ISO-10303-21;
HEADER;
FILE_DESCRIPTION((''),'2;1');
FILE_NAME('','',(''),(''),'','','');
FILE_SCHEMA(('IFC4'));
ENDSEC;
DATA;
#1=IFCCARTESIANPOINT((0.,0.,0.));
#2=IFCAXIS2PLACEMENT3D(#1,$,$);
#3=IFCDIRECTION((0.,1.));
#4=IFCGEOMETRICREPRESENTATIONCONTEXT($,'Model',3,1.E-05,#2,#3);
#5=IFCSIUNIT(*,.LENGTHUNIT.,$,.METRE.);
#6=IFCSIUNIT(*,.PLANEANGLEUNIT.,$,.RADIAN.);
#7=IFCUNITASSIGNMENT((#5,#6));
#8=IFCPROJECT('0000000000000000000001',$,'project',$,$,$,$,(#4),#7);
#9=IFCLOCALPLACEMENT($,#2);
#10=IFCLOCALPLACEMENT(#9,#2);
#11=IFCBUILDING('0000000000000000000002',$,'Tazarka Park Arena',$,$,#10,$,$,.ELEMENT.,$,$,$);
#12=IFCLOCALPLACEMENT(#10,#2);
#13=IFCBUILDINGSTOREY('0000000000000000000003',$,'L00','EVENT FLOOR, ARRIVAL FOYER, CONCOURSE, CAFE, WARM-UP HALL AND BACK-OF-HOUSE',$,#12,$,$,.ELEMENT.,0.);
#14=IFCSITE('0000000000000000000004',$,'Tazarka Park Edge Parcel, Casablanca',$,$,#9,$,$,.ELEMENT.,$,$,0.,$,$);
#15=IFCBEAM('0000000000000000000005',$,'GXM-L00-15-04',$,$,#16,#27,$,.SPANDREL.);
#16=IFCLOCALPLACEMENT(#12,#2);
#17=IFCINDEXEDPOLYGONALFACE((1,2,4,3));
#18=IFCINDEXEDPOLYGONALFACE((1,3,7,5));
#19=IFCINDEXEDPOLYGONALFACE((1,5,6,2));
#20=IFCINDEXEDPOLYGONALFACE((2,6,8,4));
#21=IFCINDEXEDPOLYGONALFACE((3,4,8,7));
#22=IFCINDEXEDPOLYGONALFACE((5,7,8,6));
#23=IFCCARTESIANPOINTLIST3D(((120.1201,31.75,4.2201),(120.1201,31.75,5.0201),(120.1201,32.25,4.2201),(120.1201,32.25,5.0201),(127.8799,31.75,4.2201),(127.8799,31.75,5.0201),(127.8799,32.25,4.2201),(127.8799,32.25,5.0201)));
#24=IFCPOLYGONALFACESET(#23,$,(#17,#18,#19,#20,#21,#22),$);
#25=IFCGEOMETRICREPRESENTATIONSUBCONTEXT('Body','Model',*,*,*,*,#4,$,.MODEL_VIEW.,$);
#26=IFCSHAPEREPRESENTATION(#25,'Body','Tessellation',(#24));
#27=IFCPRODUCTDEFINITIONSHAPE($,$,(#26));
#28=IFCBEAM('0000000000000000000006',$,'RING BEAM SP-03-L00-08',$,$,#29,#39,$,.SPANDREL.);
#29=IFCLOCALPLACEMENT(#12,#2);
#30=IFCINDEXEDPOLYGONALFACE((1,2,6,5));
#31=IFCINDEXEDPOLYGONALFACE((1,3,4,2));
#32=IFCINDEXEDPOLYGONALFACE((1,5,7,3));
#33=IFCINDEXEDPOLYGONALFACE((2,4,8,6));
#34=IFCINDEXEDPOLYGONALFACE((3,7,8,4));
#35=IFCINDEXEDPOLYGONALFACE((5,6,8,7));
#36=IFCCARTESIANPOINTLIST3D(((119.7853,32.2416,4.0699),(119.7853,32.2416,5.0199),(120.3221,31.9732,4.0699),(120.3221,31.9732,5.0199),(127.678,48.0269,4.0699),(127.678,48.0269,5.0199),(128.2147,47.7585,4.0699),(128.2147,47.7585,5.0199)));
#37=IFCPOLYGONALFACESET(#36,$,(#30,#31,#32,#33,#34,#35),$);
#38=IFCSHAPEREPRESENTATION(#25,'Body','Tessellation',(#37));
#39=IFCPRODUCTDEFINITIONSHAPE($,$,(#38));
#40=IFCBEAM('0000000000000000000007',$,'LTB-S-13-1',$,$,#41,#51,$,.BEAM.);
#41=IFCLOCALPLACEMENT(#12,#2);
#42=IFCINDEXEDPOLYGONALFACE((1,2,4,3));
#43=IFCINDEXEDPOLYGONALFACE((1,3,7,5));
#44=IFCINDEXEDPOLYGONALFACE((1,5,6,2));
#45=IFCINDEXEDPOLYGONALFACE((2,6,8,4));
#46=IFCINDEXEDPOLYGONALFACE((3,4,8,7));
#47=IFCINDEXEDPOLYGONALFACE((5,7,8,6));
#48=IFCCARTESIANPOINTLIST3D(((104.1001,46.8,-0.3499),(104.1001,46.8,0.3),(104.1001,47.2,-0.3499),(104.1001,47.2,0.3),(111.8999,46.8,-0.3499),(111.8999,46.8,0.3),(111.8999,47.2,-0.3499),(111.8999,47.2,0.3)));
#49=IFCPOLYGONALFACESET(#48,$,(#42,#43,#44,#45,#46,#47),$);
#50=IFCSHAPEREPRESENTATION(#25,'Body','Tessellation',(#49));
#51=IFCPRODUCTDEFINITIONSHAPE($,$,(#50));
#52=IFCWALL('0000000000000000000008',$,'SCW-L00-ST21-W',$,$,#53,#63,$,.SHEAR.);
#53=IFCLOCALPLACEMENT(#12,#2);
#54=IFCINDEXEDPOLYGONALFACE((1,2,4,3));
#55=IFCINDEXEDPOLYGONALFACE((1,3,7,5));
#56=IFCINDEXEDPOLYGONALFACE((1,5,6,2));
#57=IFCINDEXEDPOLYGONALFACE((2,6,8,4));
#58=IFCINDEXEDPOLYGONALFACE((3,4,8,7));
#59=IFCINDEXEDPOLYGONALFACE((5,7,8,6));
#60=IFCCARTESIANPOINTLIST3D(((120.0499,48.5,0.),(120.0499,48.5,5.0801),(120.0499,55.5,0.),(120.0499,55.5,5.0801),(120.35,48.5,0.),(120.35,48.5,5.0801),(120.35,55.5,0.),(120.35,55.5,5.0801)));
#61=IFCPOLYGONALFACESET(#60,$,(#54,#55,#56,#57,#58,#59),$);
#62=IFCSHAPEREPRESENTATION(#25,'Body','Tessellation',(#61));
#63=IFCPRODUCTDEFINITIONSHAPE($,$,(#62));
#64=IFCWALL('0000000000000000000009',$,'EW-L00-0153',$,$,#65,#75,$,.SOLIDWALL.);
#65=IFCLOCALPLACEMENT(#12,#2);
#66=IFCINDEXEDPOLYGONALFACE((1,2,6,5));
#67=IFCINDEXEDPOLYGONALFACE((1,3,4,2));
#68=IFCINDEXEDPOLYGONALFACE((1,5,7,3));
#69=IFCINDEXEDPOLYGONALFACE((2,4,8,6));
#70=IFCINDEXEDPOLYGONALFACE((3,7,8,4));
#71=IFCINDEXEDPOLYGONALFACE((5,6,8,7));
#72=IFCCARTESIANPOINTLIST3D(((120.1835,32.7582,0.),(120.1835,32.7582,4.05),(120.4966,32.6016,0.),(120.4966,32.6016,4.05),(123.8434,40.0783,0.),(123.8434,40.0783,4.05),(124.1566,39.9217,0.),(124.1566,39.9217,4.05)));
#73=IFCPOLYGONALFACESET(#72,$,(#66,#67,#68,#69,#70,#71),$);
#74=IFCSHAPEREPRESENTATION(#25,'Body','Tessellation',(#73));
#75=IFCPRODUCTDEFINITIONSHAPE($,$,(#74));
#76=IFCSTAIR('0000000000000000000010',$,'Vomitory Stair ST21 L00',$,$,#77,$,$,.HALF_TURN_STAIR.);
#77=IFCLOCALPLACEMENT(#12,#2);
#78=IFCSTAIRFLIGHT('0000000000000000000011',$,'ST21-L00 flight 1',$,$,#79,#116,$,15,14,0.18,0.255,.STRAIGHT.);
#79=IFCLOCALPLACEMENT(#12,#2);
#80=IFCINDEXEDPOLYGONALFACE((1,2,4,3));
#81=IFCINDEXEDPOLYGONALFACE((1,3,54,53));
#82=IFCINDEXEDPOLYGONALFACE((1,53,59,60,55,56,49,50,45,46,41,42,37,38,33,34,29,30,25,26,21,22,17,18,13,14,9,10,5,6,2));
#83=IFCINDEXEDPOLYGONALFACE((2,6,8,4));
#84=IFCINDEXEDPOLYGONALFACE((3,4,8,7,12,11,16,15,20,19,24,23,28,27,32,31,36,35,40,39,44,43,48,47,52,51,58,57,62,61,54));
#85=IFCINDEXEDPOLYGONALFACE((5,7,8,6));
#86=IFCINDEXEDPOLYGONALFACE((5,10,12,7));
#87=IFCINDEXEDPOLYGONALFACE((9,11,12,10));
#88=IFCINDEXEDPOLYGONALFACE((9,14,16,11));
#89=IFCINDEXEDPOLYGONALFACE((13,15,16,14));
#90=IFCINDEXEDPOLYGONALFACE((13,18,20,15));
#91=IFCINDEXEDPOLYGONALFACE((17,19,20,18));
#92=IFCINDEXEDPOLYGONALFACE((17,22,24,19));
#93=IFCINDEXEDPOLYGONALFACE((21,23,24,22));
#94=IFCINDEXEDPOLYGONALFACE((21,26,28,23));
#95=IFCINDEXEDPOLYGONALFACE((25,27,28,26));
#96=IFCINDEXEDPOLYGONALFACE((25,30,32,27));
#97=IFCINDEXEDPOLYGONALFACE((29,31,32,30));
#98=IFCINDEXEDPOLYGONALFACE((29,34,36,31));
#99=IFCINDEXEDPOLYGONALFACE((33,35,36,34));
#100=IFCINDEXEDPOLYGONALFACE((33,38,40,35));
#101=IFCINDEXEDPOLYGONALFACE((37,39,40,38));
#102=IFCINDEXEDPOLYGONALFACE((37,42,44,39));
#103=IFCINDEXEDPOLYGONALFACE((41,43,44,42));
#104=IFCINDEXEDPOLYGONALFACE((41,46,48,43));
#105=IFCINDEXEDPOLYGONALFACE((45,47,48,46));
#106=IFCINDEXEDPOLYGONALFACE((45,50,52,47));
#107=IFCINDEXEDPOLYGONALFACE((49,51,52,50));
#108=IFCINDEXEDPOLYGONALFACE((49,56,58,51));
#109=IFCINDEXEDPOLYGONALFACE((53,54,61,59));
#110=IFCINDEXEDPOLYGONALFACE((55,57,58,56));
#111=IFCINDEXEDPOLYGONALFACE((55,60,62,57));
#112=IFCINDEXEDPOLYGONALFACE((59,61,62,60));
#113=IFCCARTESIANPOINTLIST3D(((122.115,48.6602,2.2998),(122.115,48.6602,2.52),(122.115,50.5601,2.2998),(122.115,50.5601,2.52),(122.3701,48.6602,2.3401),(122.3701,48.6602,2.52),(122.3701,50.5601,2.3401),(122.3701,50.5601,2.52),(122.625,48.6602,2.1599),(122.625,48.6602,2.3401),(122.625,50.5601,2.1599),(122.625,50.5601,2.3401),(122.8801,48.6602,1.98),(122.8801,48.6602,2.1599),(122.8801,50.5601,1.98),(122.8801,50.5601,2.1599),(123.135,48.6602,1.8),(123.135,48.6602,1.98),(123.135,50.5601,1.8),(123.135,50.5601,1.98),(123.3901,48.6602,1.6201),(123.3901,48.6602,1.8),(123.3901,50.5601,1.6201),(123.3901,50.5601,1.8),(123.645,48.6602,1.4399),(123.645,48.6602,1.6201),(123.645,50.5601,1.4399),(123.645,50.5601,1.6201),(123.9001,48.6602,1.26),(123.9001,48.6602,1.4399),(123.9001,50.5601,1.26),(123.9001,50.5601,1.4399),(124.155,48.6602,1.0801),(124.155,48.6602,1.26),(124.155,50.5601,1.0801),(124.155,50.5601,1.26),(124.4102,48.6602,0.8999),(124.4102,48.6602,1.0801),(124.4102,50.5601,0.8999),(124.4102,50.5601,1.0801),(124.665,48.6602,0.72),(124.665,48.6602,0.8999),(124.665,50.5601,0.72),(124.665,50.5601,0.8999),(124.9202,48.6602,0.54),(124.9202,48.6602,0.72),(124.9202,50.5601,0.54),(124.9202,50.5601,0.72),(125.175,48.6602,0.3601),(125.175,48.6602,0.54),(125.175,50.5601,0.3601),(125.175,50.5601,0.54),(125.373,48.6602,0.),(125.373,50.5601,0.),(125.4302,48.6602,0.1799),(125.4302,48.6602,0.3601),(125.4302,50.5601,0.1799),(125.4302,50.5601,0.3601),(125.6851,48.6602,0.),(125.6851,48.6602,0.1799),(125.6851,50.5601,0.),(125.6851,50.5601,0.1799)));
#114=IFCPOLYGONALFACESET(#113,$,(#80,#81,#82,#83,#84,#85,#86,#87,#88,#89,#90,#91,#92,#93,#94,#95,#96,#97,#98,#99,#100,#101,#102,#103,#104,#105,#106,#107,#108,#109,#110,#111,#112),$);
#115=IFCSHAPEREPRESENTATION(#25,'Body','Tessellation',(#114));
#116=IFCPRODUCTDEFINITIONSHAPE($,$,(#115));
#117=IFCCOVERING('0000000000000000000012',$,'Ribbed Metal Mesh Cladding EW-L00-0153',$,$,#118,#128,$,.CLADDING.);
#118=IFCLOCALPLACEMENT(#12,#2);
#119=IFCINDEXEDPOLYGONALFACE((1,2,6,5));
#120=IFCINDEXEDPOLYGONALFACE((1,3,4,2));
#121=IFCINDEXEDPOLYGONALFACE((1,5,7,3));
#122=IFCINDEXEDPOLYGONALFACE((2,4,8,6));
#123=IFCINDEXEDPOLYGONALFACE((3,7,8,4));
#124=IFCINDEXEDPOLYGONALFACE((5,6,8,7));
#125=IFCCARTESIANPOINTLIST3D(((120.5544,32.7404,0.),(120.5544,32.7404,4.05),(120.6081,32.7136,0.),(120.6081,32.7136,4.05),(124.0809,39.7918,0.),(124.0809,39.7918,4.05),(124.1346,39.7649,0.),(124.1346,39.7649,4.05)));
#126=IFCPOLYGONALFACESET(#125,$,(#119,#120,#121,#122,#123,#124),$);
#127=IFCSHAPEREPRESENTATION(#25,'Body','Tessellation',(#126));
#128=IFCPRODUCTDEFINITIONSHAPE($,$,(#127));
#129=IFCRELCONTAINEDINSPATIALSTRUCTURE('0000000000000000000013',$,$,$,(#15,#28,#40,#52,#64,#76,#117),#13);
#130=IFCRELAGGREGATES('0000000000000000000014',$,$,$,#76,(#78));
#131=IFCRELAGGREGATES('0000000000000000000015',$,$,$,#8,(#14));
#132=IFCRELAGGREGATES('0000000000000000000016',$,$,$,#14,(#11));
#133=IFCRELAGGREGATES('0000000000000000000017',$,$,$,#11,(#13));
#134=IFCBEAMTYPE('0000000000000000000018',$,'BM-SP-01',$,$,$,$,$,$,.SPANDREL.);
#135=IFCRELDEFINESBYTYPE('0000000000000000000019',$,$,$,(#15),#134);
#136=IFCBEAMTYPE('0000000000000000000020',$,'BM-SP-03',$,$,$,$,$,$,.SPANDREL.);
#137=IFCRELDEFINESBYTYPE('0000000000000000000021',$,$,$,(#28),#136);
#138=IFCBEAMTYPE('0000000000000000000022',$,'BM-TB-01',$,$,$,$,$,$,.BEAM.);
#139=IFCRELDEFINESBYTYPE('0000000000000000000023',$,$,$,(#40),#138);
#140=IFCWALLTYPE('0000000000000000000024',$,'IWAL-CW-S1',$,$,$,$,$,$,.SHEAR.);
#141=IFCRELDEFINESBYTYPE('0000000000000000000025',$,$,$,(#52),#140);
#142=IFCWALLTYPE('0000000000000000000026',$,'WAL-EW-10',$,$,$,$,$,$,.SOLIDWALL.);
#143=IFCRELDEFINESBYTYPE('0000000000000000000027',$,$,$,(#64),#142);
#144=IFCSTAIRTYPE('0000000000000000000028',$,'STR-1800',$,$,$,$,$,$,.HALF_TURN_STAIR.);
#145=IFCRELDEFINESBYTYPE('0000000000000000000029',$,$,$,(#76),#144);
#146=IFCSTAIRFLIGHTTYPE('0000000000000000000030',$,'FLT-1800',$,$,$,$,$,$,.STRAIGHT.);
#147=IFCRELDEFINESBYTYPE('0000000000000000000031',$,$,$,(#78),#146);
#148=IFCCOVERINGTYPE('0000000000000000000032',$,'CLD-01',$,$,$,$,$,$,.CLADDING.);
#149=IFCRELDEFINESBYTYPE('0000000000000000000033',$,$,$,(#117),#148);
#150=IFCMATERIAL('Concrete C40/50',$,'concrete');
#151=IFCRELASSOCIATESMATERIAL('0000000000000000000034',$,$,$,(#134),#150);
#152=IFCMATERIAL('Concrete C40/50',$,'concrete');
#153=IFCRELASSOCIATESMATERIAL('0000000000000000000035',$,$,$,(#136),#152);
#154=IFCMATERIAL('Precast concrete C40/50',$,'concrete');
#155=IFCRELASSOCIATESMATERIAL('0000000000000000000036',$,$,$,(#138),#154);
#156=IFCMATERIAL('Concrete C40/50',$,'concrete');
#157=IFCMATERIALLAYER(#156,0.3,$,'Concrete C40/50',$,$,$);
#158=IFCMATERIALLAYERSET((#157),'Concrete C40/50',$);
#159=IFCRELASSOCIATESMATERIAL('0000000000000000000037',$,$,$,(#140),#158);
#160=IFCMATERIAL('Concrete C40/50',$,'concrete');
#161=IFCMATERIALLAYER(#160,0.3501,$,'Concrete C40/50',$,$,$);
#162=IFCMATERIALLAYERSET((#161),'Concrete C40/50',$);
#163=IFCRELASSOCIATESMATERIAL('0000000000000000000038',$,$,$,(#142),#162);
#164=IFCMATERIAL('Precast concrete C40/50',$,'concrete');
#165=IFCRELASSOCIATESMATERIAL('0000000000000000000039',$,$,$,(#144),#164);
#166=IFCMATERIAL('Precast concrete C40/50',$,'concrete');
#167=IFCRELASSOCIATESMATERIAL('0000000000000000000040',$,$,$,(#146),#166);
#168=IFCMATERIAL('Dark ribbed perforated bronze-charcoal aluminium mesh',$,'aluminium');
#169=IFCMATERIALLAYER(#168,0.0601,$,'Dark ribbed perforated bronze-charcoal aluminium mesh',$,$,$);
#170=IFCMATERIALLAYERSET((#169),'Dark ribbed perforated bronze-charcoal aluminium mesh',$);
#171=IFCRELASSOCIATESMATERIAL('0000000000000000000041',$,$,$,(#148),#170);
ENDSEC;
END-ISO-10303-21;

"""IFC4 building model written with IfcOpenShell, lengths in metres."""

from ifc_helpers import new_model, si_unit, direction, frame, frame_2d, origin, origin_2d, place, context, subcontext, project, spatial, polyline, rectangle, outline, extrude, material, layer, layer_set, material_profile, profile_set, type_object, element, aggregate, save


model = new_model("IFC4")

# Units and contexts
model_context = context("Model", 3, precision=1e-05, world=origin(), true_north=direction((0.0, 1.0)))
body_context = subcontext(model_context, "Body", "Model", "MODEL_VIEW")
ifc_project = project(units=[si_unit("LENGTHUNIT", "METRE"), si_unit("PLANEANGLEUNIT", "RADIAN")], contexts=[model_context])

# Site, building, storey
site_placement = place(None, origin())
site = spatial("IfcSite", under=ifc_project, at=site_placement, Name="Tazarka Park Edge Parcel, Casablanca", CompositionType="ELEMENT", RefElevation=0.0)
building_placement = place(site_placement, origin())
building = spatial("IfcBuilding", under=site, at=building_placement, Name="Tazarka Park Arena", CompositionType="ELEMENT")
storey_placement = place(building_placement, origin())
storey = spatial("IfcBuildingStorey", under=building, at=storey_placement, Name="L00", Description="EVENT FLOOR, ARRIVAL FOYER, CONCOURSE, CAFE, WARM-UP HALL AND BACK-OF-HOUSE", CompositionType="ELEMENT", Elevation=0.0)

# Beams
ifc_material_1 = material(Name="Concrete C40/50", Category="concrete")
ifc_material_profile_1 = material_profile(ifc_material_1, rectangle(XDim=0.5, YDim=0.8, at=origin_2d()), Name="Concrete C40/50")
ifc_profile_set_1 = profile_set([ifc_material_profile_1], Name="Concrete C40/50")
beam_type_1 = type_object("IfcBeamType", Name="BM-SP-01", PredefinedType="SPANDREL", material=ifc_profile_set_1)
beam_1_placement = place(storey_placement, frame((120.1201, 32.0, 4.6201), z_axis=(1.0, 0.0, 0.0), x_axis=(0.0, 1.0, 0.0)))
element("IfcBeam", 1, at=beam_1_placement, inside=storey, type_object=beam_type_1, Name="GXM-L00-15-04", PredefinedType="SPANDREL", context=body_context, shape_type="SweptSolid", body=[
    extrude(rectangle(XDim=0.5, YDim=0.8, at=origin_2d()), origin(), (0.0, 0.0, 1.0), 7.7598),
])
ifc_material_2 = material(Name="Concrete C40/50", Category="concrete")
ifc_material_profile_2 = material_profile(ifc_material_2, rectangle(XDim=0.6001, YDim=0.95, at=origin_2d()), Name="Concrete C40/50")
ifc_profile_set_2 = profile_set([ifc_material_profile_2], Name="Concrete C40/50")
beam_type_2 = type_object("IfcBeamType", Name="BM-SP-03", PredefinedType="SPANDREL", material=ifc_profile_set_2)
beam_2_placement = place(storey_placement, frame((120.0537, 32.1074, 4.5449), z_axis=(0.447214, 0.894427, 0.0), x_axis=(-0.894427, 0.447214, 0.0)))
element("IfcBeam", 2, at=beam_2_placement, inside=storey, type_object=beam_type_2, Name="RING BEAM SP-03-L00-08", PredefinedType="SPANDREL", context=body_context, shape_type="SweptSolid", body=[
    extrude(rectangle(XDim=0.6001, YDim=0.95, at=origin_2d()), origin(), (0.0, 0.0, 1.0), 17.6484),
])
ifc_material_3 = material(Name="Precast concrete C40/50", Category="concrete")
ifc_material_profile_3 = material_profile(ifc_material_3, rectangle(XDim=0.3999, YDim=0.6499, at=origin_2d()), Name="Precast concrete C40/50")
ifc_profile_set_3 = profile_set([ifc_material_profile_3], Name="Precast concrete C40/50")
beam_type_3 = type_object("IfcBeamType", Name="BM-TB-01", PredefinedType="BEAM", material=ifc_profile_set_3)
beam_3_placement = place(storey_placement, frame((104.1001, 47.0, -0.0249), z_axis=(1.0, 0.0, 0.0), x_axis=(0.0, 1.0, 0.0)))
element("IfcBeam", 3, at=beam_3_placement, inside=storey, type_object=beam_type_3, Name="LTB-S-13-1", PredefinedType="BEAM", context=body_context, shape_type="SweptSolid", body=[
    extrude(rectangle(XDim=0.3999, YDim=0.6499, at=origin_2d()), origin(), (0.0, 0.0, 1.0), 7.7998),
])

# Walls
ifc_material_4 = material(Name="Concrete C40/50", Category="concrete")
ifc_layer_1 = layer(ifc_material_4, 0.3, Name="Concrete C40/50")
ifc_layer_set_1 = layer_set([ifc_layer_1], Name="Concrete C40/50")
wall_type_1 = type_object("IfcWallType", Name="IWAL-CW-S1", PredefinedType="SHEAR", material=ifc_layer_set_1)
wall_1_placement = place(storey_placement, frame((120.2, 48.5, 0.0), z_axis=(0.0, 0.0, 1.0), x_axis=(0.0, 1.0, 0.0)))
element("IfcWall", 4, at=wall_1_placement, inside=storey, type_object=wall_type_1, Name="SCW-L00-ST21-W", PredefinedType="SHEAR", context=body_context, shape_type="SweptSolid", body=[
    extrude(rectangle(XDim=7.0, YDim=0.3, at=frame_2d((3.5, 0.0))), origin(), (0.0, 0.0, 1.0), 5.0801),
])
ifc_material_5 = material(Name="Concrete C40/50", Category="concrete")
ifc_layer_2 = layer(ifc_material_5, 0.3501, Name="Concrete C40/50")
ifc_layer_set_2 = layer_set([ifc_layer_2], Name="Concrete C40/50")
wall_type_2 = type_object("IfcWallType", Name="WAL-EW-10", PredefinedType="SOLIDWALL", material=ifc_layer_set_2)
wall_2_placement = place(storey_placement, frame((124.0, 40.0, 0.0), z_axis=(0.0, 0.0, 1.0), x_axis=(-0.447202, -0.894433, 0.0)))
element("IfcWall", 5, at=wall_2_placement, inside=storey, type_object=wall_type_2, Name="EW-L00-0153", PredefinedType="SOLIDWALL", context=body_context, shape_type="SweptSolid", body=[
    extrude(rectangle(XDim=8.1841, YDim=0.3501, at=frame_2d((4.092, 0.0))), origin(), (0.0, 0.0, 1.0), 4.05),
])

# Stair, stair flight
ifc_material_6 = material(Name="Precast concrete C40/50", Category="concrete")
stair_type = type_object("IfcStairType", Name="STR-1800", PredefinedType="HALF_TURN_STAIR", material=ifc_material_6)
stair_placement = place(storey_placement, origin())
stair = element("IfcStair", 6, at=stair_placement, inside=storey, type_object=stair_type, Name="Vomitory Stair ST21 L00", PredefinedType="HALF_TURN_STAIR")
ifc_material_7 = material(Name="Precast concrete C40/50", Category="concrete")
stair_flight_type = type_object("IfcStairFlightType", Name="FLT-1800", PredefinedType="STRAIGHT", material=ifc_material_7)
stair_flight_placement = place(storey_placement, frame((125.6851, 49.6101, 0.0), z_axis=(0.0, 0.0, 1.0), x_axis=(-1.0, 0.0, 0.0)))
stair_flight = element("IfcStairFlight", 7, at=stair_flight_placement, type_object=stair_flight_type, Name="ST21-L00 flight 1", NumberOfRisers=15, NumberOfTreads=14, PredefinedType="STRAIGHT", RiserHeight=0.18, TreadLength=0.255, context=body_context, shape_type="SweptSolid", body=[
    extrude(outline(polyline([(0.0, 0.0), (0.0, 0.1799), (0.2549, 0.1799), (0.2549, 0.3601), (0.51, 0.3601), (0.51, 0.54), (0.7649, 0.54), (0.7649, 0.72), (1.02, 0.72), (1.02, 0.8999), (1.2749, 0.8999), (1.2749, 1.0801), (1.53, 1.0801), (1.53, 1.26), (1.7849, 1.26), (1.7849, 1.4399), (2.04, 1.4399), (2.04, 1.6201), (2.2949, 1.6201), (2.2949, 1.8), (2.55, 1.8), (2.55, 1.98), (2.8049, 1.98), (2.8049, 2.1599), (3.0601, 2.1599), (3.0601, 2.3401), (3.3149, 2.3401), (3.3149, 2.52), (3.5701, 2.52), (3.5701, 2.7), (3.5701, 2.2998), (0.312, 0.0), (0.0, 0.0)])), frame((0.0, 0.95, 0.0), z_axis=(0.0, -1.0, 0.0), x_axis=(1.0, 0.0, 0.0)), (0.0, 0.0, 1.0), 1.8999),
])
aggregate(stair, [stair_flight])

# Covering
ifc_material_8 = material(Name="Dark ribbed perforated bronze-charcoal aluminium mesh", Category="aluminium")
ifc_layer_3 = layer(ifc_material_8, 0.0601, Name="Dark ribbed perforated bronze-charcoal aluminium mesh")
ifc_layer_set_3 = layer_set([ifc_layer_3], Name="Dark ribbed perforated bronze-charcoal aluminium mesh")
covering_type = type_object("IfcCoveringType", Name="CLD-01", PredefinedType="CLADDING", material=ifc_layer_set_3)
covering_placement = place(storey_placement, frame((122.3445, 36.2527, 0.0), z_axis=(0.0, 0.0, 1.0), x_axis=(-0.447291, -0.894389, 0.0)))
element("IfcCovering", 8, at=covering_placement, inside=storey, type_object=covering_type, Name="Ribbed Metal Mesh Cladding EW-L00-0153", PredefinedType="CLADDING", context=body_context, shape_type="SweptSolid", body=[
    extrude(rectangle(XDim=7.884, YDim=0.0601, at=origin_2d()), origin(), (0.0, 0.0, 1.0), 4.05),
])

save(model, "model.ifc")
